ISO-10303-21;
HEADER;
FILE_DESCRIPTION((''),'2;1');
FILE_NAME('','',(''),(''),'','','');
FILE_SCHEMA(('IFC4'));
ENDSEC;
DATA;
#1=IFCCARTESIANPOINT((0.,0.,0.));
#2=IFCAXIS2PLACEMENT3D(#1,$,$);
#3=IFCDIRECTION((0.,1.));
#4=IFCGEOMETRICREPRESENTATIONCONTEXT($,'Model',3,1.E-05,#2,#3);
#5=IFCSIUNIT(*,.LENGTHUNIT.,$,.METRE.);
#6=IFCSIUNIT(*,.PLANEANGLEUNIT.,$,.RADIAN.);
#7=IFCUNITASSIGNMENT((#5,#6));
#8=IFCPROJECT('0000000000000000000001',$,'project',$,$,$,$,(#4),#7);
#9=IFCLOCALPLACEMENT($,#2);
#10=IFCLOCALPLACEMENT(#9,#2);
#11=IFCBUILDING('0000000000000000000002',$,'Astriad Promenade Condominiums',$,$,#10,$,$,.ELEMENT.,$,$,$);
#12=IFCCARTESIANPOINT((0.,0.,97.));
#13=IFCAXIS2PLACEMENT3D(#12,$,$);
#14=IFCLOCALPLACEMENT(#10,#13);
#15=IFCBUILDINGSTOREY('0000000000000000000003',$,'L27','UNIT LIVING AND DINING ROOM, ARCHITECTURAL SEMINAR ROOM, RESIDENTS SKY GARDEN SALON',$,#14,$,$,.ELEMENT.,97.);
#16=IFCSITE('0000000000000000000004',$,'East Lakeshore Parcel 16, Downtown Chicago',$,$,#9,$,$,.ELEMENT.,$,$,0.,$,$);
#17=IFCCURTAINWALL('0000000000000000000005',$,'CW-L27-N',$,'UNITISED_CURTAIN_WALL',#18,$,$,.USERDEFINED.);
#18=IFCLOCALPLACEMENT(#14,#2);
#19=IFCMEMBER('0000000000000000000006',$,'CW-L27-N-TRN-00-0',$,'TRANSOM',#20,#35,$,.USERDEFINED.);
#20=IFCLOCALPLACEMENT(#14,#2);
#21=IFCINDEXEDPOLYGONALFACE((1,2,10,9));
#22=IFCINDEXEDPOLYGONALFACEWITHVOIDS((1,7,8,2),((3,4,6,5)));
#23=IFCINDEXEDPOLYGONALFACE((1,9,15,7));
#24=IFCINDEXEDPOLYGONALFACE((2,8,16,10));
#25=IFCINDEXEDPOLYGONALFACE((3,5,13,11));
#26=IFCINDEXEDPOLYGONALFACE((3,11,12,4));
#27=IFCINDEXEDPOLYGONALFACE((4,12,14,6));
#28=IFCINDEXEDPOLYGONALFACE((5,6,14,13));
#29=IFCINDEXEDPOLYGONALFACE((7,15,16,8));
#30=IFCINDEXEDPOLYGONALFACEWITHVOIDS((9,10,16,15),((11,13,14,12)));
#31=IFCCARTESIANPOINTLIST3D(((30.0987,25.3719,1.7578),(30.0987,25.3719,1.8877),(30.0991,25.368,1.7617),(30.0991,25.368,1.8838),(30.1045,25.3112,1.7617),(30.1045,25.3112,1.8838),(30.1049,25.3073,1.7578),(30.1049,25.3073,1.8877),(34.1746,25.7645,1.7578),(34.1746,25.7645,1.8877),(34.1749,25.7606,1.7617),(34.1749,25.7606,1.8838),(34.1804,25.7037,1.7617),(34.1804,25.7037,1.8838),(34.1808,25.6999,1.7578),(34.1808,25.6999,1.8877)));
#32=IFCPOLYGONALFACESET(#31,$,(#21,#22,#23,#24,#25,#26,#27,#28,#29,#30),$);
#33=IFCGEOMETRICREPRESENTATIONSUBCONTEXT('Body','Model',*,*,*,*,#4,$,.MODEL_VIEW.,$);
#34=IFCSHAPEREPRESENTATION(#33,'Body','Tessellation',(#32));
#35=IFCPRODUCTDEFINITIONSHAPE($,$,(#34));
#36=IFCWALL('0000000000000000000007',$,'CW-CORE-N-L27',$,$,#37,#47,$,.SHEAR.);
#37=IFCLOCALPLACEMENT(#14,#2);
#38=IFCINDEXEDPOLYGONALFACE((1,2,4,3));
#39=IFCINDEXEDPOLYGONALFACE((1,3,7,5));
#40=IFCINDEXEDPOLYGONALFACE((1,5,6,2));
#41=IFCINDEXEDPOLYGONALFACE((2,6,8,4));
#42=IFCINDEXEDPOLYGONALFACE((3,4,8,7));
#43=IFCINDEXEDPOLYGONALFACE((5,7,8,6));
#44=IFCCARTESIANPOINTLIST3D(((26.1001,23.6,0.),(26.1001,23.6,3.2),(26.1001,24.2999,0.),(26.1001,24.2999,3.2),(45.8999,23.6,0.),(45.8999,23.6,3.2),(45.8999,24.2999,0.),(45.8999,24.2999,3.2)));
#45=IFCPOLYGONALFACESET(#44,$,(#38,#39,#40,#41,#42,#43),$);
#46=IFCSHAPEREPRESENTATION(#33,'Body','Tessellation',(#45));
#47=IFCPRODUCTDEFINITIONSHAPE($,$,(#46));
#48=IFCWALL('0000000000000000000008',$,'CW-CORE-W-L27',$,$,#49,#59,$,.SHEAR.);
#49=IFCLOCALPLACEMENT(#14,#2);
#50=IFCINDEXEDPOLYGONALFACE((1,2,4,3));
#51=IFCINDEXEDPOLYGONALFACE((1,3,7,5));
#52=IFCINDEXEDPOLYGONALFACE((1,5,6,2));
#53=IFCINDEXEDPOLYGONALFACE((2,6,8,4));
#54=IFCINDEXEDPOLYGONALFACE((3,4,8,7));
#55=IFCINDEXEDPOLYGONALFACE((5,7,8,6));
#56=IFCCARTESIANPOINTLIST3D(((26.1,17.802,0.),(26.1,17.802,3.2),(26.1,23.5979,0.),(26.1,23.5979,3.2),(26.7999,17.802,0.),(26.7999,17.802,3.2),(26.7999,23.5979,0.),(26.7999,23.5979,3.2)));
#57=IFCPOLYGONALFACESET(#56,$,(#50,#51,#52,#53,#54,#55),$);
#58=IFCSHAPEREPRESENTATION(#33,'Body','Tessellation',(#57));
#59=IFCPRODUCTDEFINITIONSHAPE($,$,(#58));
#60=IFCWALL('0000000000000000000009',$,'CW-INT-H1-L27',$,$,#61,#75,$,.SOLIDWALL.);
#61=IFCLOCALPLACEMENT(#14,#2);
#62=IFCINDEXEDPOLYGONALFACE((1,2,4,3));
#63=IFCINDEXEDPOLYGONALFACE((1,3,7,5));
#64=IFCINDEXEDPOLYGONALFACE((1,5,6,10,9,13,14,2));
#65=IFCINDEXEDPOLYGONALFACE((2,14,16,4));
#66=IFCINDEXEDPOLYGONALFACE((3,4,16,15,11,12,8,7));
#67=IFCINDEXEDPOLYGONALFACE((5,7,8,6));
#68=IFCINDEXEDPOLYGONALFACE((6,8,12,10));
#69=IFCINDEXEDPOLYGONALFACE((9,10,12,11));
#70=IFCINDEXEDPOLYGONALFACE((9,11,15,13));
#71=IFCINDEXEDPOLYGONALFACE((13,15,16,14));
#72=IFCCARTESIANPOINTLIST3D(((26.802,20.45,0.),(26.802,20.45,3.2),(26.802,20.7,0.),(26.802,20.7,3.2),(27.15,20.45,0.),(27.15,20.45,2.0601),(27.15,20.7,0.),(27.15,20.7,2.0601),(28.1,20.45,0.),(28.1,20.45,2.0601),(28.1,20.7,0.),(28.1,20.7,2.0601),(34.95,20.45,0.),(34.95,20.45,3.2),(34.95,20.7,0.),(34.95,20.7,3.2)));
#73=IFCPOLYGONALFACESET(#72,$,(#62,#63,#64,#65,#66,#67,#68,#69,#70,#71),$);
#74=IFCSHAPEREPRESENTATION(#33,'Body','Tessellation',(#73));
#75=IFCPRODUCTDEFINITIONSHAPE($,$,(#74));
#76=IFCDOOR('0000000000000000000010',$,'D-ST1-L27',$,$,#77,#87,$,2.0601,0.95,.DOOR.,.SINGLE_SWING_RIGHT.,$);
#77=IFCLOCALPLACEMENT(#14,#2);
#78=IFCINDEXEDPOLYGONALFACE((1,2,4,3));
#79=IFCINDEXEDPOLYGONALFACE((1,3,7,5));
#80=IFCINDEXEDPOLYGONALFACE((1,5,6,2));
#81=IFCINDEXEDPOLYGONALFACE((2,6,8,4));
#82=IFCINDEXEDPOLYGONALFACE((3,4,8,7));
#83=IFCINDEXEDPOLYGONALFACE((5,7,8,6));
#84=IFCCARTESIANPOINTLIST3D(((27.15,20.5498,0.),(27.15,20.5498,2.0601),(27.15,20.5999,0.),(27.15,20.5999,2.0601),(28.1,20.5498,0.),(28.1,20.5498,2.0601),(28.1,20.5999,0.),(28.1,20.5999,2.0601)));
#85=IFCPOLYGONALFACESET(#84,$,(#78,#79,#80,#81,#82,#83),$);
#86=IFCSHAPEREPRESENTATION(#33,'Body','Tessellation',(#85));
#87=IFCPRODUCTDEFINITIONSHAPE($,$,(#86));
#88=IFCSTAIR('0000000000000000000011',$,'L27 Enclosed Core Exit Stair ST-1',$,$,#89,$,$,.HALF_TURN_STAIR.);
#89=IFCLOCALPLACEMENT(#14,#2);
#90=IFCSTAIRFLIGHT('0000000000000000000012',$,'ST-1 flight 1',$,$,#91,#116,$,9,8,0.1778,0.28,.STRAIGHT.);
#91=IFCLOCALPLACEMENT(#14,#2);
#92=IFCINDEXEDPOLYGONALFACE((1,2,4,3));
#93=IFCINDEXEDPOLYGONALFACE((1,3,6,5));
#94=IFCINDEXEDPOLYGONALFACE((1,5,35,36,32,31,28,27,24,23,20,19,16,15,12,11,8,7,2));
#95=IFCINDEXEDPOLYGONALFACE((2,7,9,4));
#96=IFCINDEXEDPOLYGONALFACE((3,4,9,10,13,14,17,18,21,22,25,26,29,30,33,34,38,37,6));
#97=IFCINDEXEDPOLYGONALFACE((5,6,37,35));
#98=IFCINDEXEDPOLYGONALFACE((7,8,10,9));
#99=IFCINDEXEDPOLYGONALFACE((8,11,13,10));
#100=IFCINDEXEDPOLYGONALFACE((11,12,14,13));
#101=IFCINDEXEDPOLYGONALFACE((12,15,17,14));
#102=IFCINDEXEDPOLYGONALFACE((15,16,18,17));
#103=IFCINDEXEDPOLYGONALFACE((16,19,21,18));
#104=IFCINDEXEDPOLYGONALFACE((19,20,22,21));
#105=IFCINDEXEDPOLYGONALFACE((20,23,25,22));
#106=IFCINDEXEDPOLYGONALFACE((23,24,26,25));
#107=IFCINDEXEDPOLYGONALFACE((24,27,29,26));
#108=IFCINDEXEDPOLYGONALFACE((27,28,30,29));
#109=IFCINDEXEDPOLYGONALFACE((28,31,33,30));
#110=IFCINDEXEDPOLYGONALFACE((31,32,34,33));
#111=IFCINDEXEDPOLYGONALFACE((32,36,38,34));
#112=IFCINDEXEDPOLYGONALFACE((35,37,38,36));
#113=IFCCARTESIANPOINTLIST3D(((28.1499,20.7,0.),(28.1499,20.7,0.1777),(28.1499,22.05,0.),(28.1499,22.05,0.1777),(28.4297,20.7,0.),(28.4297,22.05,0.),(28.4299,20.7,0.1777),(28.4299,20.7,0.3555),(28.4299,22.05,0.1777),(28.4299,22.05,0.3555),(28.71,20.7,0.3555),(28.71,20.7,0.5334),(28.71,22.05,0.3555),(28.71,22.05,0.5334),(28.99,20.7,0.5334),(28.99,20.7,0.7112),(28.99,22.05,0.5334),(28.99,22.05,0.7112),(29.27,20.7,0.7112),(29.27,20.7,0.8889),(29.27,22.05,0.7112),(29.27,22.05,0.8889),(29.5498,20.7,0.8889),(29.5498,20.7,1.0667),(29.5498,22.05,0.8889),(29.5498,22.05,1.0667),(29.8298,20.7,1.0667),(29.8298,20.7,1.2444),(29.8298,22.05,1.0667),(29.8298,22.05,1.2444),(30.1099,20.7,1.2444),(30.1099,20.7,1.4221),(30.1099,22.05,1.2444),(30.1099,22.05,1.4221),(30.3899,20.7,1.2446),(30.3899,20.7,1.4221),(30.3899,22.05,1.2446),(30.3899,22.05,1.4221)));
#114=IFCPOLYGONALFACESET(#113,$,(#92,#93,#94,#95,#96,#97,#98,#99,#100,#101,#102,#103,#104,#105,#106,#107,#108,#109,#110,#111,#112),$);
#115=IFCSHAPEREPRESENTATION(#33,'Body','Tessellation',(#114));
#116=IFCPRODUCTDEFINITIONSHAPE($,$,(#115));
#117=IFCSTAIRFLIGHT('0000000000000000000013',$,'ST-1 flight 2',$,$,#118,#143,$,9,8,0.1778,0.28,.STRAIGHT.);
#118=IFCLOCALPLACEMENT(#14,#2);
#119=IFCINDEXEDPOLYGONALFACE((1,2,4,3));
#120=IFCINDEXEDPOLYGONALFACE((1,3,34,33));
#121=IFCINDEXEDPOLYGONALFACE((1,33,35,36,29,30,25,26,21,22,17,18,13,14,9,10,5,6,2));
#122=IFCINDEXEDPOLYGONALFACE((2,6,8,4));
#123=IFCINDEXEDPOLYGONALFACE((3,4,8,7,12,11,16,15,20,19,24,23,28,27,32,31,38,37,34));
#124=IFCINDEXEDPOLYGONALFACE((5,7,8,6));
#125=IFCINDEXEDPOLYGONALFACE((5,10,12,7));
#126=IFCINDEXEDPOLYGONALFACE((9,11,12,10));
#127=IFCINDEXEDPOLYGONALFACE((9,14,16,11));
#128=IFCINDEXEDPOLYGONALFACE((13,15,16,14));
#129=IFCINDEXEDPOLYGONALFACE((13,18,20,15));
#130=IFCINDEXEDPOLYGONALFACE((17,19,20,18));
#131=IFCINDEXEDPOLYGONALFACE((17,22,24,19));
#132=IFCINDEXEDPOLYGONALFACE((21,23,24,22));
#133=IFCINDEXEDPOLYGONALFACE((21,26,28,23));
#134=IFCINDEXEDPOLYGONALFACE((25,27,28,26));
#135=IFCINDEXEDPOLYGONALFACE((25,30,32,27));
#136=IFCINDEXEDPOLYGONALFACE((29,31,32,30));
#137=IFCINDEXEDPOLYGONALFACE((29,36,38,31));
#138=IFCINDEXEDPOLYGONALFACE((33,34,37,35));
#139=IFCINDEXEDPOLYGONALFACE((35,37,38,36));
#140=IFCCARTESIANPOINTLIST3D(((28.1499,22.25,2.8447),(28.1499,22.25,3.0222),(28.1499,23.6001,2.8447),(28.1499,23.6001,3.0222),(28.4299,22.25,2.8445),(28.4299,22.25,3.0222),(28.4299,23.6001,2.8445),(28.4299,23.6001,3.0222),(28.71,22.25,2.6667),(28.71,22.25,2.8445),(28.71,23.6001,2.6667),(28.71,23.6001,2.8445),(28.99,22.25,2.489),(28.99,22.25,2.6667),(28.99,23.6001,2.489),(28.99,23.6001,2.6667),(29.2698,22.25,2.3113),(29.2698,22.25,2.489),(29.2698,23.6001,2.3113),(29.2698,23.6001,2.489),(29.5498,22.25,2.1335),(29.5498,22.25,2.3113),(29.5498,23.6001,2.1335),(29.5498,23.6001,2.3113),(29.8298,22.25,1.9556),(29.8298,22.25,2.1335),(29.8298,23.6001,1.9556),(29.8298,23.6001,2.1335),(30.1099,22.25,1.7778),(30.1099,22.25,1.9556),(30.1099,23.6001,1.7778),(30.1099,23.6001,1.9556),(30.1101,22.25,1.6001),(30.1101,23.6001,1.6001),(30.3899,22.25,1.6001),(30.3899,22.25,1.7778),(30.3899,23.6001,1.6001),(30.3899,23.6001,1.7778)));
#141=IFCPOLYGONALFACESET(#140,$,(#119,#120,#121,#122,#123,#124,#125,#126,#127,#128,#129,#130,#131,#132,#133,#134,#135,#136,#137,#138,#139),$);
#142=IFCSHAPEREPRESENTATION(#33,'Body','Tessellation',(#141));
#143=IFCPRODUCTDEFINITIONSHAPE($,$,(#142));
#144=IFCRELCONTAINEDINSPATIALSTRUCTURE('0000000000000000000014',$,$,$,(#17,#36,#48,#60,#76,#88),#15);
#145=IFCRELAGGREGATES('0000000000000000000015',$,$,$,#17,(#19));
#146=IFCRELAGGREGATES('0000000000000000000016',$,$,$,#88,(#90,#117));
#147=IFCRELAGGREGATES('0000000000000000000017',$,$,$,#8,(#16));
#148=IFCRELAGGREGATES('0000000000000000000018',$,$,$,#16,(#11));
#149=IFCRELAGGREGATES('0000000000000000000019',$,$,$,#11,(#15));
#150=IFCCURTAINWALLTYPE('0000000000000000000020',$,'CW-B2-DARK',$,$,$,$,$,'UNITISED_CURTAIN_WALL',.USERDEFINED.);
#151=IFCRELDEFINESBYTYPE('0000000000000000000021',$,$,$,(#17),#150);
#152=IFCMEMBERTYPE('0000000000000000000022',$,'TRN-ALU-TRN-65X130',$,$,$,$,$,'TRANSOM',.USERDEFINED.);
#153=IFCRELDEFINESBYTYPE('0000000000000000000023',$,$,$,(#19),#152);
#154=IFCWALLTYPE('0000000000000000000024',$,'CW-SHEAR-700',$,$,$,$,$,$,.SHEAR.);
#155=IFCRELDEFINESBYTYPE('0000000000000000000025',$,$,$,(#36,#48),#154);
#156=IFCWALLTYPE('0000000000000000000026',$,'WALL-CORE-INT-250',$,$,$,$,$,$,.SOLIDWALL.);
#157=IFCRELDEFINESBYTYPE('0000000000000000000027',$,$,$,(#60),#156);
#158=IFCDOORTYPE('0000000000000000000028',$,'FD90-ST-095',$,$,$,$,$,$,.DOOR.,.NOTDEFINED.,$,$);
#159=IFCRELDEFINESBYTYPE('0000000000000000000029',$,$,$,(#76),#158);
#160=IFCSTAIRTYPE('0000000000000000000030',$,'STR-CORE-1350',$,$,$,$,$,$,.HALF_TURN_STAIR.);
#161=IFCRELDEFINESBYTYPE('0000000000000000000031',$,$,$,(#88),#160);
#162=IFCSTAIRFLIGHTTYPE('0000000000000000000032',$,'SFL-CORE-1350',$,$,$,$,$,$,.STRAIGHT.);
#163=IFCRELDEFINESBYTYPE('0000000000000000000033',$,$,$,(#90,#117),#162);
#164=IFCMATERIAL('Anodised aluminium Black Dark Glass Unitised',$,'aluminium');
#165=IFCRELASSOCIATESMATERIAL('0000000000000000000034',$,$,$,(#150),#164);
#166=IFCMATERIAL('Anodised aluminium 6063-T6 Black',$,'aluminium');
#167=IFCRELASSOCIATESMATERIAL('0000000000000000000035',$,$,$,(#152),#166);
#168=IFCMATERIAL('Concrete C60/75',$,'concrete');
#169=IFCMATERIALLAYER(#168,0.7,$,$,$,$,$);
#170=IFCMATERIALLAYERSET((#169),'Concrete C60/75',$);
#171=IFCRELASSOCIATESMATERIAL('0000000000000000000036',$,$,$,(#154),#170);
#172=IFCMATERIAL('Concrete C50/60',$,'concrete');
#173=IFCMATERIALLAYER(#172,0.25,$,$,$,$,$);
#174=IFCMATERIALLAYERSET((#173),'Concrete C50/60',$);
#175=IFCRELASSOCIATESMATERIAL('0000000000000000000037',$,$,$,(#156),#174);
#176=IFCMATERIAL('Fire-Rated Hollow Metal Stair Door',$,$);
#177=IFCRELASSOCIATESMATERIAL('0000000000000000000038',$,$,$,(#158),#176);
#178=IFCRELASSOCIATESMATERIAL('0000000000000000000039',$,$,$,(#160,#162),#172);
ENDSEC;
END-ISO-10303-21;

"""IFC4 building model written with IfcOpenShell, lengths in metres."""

from ifc_helpers import new_model, si_unit, direction, frame, frame_2d, origin, origin_2d, place, context, subcontext, project, spatial, polyline, rectangle, hollow_rectangle, outline, extrude, source, transform, mapped, material, layer, layer_set, material_profile, profile_set, type_object, type_shapes, element, fill, aggregate, save


model = new_model("IFC4")

# Units and contexts
model_context = context("Model", 3, precision=1e-05, world=origin(), true_north=direction((0.0, 1.0)))
body_context = subcontext(model_context, "Body", "Model", "MODEL_VIEW")
ifc_project = project(units=[si_unit("LENGTHUNIT", "METRE"), si_unit("PLANEANGLEUNIT", "RADIAN")], contexts=[model_context])

# Site, building, storey
site_placement = place(None, origin())
site = spatial("IfcSite", under=ifc_project, at=site_placement, Name="East Lakeshore Parcel 16, Downtown Chicago", CompositionType="ELEMENT", RefElevation=0.0)
building_placement = place(site_placement, origin())
building = spatial("IfcBuilding", under=site, at=building_placement, Name="Astriad Promenade Condominiums", CompositionType="ELEMENT")
storey_placement = place(building_placement, frame((0.0, 0.0, 97.0)))
storey = spatial("IfcBuildingStorey", under=building, at=storey_placement, Name="L27", Description="UNIT LIVING AND DINING ROOM, ARCHITECTURAL SEMINAR ROOM, RESIDENTS SKY GARDEN SALON", CompositionType="ELEMENT", Elevation=97.0)

# Shared definitions
ifc_material_1 = material(Name="Concrete C60/75", Category="concrete")

# Curtain wall, member
ifc_material_2 = material(Name="Anodised aluminium Black Dark Glass Unitised", Category="aluminium")
curtain_wall_type = type_object("IfcCurtainWallType", Name="CW-B2-DARK", ElementType="UNITISED_CURTAIN_WALL", PredefinedType="USERDEFINED", material=ifc_material_2)
curtain_wall_placement = place(storey_placement, origin())
curtain_wall = element("IfcCurtainWall", 1, at=curtain_wall_placement, inside=storey, type_object=curtain_wall_type, Name="CW-L27-N", ObjectType="UNITISED_CURTAIN_WALL", PredefinedType="USERDEFINED")
ifc_material_3 = material(Name="Anodised aluminium 6063-T6 Black", Category="aluminium")
ifc_material_profile_1 = material_profile(ifc_material_3, hollow_rectangle(XDim=0.0649, YDim=0.1299, WallThickness=0.0039, at=origin_2d()), Name="ALU-TRN-65X130")
ifc_profile_set_1 = profile_set([ifc_material_profile_1], Name="Anodised aluminium 6063-T6 Black")
member_type_1 = type_object("IfcMemberType", Name="TRN-ALU-TRN-65X130", ElementType="TRANSOM", PredefinedType="USERDEFINED", material=ifc_profile_set_1)
shared_shape_1 = source(origin(), body_context, "Body", "SweptSolid", [
    extrude(hollow_rectangle(XDim=0.0649, YDim=0.1299, WallThickness=0.0039, at=origin_2d()), origin(), (0.0, 0.0, 1.0), 4.0947),
])
type_shapes(member_type_1, [shared_shape_1])
member_1_placement = place(storey_placement, frame((30.1018, 25.3396, 1.8228), z_axis=(0.995394, 0.095873, 0.0), x_axis=(-0.095873, 0.995394, 0.0)))
member_1 = element("IfcMember", 2, at=member_1_placement, type_object=member_type_1, Name="CW-L27-N-TRN-00-0", ObjectType="TRANSOM", PredefinedType="USERDEFINED", context=body_context, shape_type="MappedRepresentation", body=[
    mapped(shared_shape_1, transform((0.0, 0.0, 0.0), scale=1.0)),
])
aggregate(curtain_wall, [member_1])

# Walls
ifc_layer_1 = layer(ifc_material_1, 0.7)
ifc_layer_set_1 = layer_set([ifc_layer_1], Name="Concrete C60/75")
wall_type_1 = type_object("IfcWallType", Name="CW-SHEAR-700", PredefinedType="SHEAR", material=ifc_layer_set_1)
wall_1_placement = place(storey_placement, frame((26.1001, 23.95, 0.0), z_axis=(0.0, 0.0, 1.0), x_axis=(1.0, 0.0, 0.0)))
element("IfcWall", 3, at=wall_1_placement, inside=storey, type_object=wall_type_1, Name="CW-CORE-N-L27", PredefinedType="SHEAR", context=body_context, shape_type="SweptSolid", body=[
    extrude(rectangle(XDim=19.7998, YDim=0.7, at=frame_2d((9.8999, 0.0))), origin(), (0.0, 0.0, 1.0), 3.2),
])
wall_2_placement = place(storey_placement, frame((26.45, 17.802, 0.0), z_axis=(0.0, 0.0, 1.0), x_axis=(0.0, 1.0, 0.0)))
element("IfcWall", 4, at=wall_2_placement, inside=storey, type_object=wall_type_1, Name="CW-CORE-W-L27", PredefinedType="SHEAR", context=body_context, shape_type="SweptSolid", body=[
    extrude(rectangle(XDim=5.7959, YDim=0.7, at=frame_2d((2.8979, 0.0))), origin(), (0.0, 0.0, 1.0), 3.2),
])

# Wall, opening, door
ifc_material_4 = material(Name="Concrete C50/60", Category="concrete")
ifc_layer_2 = layer(ifc_material_4, 0.25)
ifc_layer_set_2 = layer_set([ifc_layer_2], Name="Concrete C50/60")
wall_type_2 = type_object("IfcWallType", Name="WALL-CORE-INT-250", PredefinedType="SOLIDWALL", material=ifc_layer_set_2)
wall_3_placement = place(storey_placement, frame((26.802, 20.575, 0.0), z_axis=(0.0, 0.0, 1.0), x_axis=(1.0, 0.0, 0.0)))
wall_3 = element("IfcWall", 5, at=wall_3_placement, inside=storey, type_object=wall_type_2, Name="CW-INT-H1-L27", PredefinedType="SOLIDWALL", context=body_context, shape_type="SweptSolid", body=[
    extrude(rectangle(XDim=8.1479, YDim=0.25, at=frame_2d((4.074, 0.0))), origin(), (0.0, 0.0, 1.0), 3.2),
])
opening_placement = place(wall_3_placement, frame((0.3479, 0.0, 0.0)))
opening = element("IfcOpeningElement", 6, at=opening_placement, cuts=wall_3, PredefinedType="OPENING", context=body_context, shape_type="SweptSolid", body=[
    extrude(rectangle(XDim=0.95, YDim=2.0601, at=frame_2d((0.4751, 1.03))), frame((0.0, 0.135, 0.0), z_axis=(0.0, -1.0, 0.0), x_axis=(1.0, 0.0, 0.0)), (0.0, 0.0, 1.0), 0.27),
])
ifc_material_5 = material(Name="Fire-Rated Hollow Metal Stair Door")
door_type = type_object("IfcDoorType", Name="FD90-ST-095", OperationType="NOTDEFINED", PredefinedType="DOOR", material=ifc_material_5)
shared_shape_2 = source(origin(), body_context, "Body", "SweptSolid", [
    extrude(rectangle(XDim=0.95, YDim=2.0601, at=frame_2d((0.4751, 1.03))), frame((0.0, 0.0249, 0.0), z_axis=(0.0, -1.0, 0.0), x_axis=(1.0, 0.0, 0.0)), (0.0, 0.0, 1.0), 0.05),
])
type_shapes(door_type, [shared_shape_2])
door_placement = place(opening_placement, origin())
door = element("IfcDoor", 7, at=door_placement, inside=storey, type_object=door_type, Name="D-ST1-L27", OperationType="SINGLE_SWING_RIGHT", OverallHeight=2.0601, OverallWidth=0.95, PredefinedType="DOOR", context=body_context, shape_type="MappedRepresentation", body=[
    mapped(shared_shape_2, transform((0.0, 0.0, 0.0), scale=1.0)),
])
fill(opening, door)

# Stair, stair flights
stair_type = type_object("IfcStairType", Name="STR-CORE-1350", PredefinedType="HALF_TURN_STAIR", material=ifc_material_4)
stair_placement = place(storey_placement, origin())
stair = element("IfcStair", 8, at=stair_placement, inside=storey, type_object=stair_type, Name="L27 Enclosed Core Exit Stair ST-1", PredefinedType="HALF_TURN_STAIR")
stair_flight_type = type_object("IfcStairFlightType", Name="SFL-CORE-1350", PredefinedType="STRAIGHT", material=ifc_material_4)
shared_shape_3 = source(origin(), body_context, "Body", "SweptSolid", [
    extrude(outline(polyline([(0.0, 0.0), (0.0, 0.1777), (0.28, 0.1777), (0.28, 0.3555), (0.5601, 0.3555), (0.5601, 0.5334), (0.8401, 0.5334), (0.8401, 0.7112), (1.1201, 0.7112), (1.1201, 0.8889), (1.3999, 0.8889), (1.3999, 1.0667), (1.6799, 1.0667), (1.6799, 1.2444), (1.96, 1.2444), (1.96, 1.4221), (2.24, 1.4221), (2.24, 1.6001), (2.24, 1.2446), (0.2798, 0.0), (0.0, 0.0)])), frame((0.0, 0.675, 0.0), z_axis=(0.0, -1.0, 0.0), x_axis=(1.0, 0.0, 0.0)), (0.0, 0.0, 1.0), 1.3501),
])
type_shapes(stair_flight_type, [shared_shape_3])
stair_flight_1_placement = place(storey_placement, frame((28.1499, 21.375, 0.0), z_axis=(0.0, 0.0, 1.0), x_axis=(1.0, 0.0, 0.0)))
stair_flight_1 = element("IfcStairFlight", 9, at=stair_flight_1_placement, type_object=stair_flight_type, Name="ST-1 flight 1", NumberOfRisers=9, NumberOfTreads=8, PredefinedType="STRAIGHT", RiserHeight=0.1778, TreadLength=0.28, context=body_context, shape_type="MappedRepresentation", body=[
    mapped(shared_shape_3, transform((0.0, 0.0, 0.0), scale=1.0)),
])
stair_flight_2_placement = place(storey_placement, frame((30.3899, 22.925, 1.6001), z_axis=(0.0, 0.0, 1.0), x_axis=(-1.0, 0.0, 0.0)))
stair_flight_2 = element("IfcStairFlight", 10, at=stair_flight_2_placement, type_object=stair_flight_type, Name="ST-1 flight 2", NumberOfRisers=9, NumberOfTreads=8, PredefinedType="STRAIGHT", RiserHeight=0.1778, TreadLength=0.28, context=body_context, shape_type="MappedRepresentation", body=[
    mapped(shared_shape_3, transform((0.0, 0.0, 0.0), scale=1.0)),
])
aggregate(stair, [stair_flight_1, stair_flight_2])

save(model, "model.ifc")
